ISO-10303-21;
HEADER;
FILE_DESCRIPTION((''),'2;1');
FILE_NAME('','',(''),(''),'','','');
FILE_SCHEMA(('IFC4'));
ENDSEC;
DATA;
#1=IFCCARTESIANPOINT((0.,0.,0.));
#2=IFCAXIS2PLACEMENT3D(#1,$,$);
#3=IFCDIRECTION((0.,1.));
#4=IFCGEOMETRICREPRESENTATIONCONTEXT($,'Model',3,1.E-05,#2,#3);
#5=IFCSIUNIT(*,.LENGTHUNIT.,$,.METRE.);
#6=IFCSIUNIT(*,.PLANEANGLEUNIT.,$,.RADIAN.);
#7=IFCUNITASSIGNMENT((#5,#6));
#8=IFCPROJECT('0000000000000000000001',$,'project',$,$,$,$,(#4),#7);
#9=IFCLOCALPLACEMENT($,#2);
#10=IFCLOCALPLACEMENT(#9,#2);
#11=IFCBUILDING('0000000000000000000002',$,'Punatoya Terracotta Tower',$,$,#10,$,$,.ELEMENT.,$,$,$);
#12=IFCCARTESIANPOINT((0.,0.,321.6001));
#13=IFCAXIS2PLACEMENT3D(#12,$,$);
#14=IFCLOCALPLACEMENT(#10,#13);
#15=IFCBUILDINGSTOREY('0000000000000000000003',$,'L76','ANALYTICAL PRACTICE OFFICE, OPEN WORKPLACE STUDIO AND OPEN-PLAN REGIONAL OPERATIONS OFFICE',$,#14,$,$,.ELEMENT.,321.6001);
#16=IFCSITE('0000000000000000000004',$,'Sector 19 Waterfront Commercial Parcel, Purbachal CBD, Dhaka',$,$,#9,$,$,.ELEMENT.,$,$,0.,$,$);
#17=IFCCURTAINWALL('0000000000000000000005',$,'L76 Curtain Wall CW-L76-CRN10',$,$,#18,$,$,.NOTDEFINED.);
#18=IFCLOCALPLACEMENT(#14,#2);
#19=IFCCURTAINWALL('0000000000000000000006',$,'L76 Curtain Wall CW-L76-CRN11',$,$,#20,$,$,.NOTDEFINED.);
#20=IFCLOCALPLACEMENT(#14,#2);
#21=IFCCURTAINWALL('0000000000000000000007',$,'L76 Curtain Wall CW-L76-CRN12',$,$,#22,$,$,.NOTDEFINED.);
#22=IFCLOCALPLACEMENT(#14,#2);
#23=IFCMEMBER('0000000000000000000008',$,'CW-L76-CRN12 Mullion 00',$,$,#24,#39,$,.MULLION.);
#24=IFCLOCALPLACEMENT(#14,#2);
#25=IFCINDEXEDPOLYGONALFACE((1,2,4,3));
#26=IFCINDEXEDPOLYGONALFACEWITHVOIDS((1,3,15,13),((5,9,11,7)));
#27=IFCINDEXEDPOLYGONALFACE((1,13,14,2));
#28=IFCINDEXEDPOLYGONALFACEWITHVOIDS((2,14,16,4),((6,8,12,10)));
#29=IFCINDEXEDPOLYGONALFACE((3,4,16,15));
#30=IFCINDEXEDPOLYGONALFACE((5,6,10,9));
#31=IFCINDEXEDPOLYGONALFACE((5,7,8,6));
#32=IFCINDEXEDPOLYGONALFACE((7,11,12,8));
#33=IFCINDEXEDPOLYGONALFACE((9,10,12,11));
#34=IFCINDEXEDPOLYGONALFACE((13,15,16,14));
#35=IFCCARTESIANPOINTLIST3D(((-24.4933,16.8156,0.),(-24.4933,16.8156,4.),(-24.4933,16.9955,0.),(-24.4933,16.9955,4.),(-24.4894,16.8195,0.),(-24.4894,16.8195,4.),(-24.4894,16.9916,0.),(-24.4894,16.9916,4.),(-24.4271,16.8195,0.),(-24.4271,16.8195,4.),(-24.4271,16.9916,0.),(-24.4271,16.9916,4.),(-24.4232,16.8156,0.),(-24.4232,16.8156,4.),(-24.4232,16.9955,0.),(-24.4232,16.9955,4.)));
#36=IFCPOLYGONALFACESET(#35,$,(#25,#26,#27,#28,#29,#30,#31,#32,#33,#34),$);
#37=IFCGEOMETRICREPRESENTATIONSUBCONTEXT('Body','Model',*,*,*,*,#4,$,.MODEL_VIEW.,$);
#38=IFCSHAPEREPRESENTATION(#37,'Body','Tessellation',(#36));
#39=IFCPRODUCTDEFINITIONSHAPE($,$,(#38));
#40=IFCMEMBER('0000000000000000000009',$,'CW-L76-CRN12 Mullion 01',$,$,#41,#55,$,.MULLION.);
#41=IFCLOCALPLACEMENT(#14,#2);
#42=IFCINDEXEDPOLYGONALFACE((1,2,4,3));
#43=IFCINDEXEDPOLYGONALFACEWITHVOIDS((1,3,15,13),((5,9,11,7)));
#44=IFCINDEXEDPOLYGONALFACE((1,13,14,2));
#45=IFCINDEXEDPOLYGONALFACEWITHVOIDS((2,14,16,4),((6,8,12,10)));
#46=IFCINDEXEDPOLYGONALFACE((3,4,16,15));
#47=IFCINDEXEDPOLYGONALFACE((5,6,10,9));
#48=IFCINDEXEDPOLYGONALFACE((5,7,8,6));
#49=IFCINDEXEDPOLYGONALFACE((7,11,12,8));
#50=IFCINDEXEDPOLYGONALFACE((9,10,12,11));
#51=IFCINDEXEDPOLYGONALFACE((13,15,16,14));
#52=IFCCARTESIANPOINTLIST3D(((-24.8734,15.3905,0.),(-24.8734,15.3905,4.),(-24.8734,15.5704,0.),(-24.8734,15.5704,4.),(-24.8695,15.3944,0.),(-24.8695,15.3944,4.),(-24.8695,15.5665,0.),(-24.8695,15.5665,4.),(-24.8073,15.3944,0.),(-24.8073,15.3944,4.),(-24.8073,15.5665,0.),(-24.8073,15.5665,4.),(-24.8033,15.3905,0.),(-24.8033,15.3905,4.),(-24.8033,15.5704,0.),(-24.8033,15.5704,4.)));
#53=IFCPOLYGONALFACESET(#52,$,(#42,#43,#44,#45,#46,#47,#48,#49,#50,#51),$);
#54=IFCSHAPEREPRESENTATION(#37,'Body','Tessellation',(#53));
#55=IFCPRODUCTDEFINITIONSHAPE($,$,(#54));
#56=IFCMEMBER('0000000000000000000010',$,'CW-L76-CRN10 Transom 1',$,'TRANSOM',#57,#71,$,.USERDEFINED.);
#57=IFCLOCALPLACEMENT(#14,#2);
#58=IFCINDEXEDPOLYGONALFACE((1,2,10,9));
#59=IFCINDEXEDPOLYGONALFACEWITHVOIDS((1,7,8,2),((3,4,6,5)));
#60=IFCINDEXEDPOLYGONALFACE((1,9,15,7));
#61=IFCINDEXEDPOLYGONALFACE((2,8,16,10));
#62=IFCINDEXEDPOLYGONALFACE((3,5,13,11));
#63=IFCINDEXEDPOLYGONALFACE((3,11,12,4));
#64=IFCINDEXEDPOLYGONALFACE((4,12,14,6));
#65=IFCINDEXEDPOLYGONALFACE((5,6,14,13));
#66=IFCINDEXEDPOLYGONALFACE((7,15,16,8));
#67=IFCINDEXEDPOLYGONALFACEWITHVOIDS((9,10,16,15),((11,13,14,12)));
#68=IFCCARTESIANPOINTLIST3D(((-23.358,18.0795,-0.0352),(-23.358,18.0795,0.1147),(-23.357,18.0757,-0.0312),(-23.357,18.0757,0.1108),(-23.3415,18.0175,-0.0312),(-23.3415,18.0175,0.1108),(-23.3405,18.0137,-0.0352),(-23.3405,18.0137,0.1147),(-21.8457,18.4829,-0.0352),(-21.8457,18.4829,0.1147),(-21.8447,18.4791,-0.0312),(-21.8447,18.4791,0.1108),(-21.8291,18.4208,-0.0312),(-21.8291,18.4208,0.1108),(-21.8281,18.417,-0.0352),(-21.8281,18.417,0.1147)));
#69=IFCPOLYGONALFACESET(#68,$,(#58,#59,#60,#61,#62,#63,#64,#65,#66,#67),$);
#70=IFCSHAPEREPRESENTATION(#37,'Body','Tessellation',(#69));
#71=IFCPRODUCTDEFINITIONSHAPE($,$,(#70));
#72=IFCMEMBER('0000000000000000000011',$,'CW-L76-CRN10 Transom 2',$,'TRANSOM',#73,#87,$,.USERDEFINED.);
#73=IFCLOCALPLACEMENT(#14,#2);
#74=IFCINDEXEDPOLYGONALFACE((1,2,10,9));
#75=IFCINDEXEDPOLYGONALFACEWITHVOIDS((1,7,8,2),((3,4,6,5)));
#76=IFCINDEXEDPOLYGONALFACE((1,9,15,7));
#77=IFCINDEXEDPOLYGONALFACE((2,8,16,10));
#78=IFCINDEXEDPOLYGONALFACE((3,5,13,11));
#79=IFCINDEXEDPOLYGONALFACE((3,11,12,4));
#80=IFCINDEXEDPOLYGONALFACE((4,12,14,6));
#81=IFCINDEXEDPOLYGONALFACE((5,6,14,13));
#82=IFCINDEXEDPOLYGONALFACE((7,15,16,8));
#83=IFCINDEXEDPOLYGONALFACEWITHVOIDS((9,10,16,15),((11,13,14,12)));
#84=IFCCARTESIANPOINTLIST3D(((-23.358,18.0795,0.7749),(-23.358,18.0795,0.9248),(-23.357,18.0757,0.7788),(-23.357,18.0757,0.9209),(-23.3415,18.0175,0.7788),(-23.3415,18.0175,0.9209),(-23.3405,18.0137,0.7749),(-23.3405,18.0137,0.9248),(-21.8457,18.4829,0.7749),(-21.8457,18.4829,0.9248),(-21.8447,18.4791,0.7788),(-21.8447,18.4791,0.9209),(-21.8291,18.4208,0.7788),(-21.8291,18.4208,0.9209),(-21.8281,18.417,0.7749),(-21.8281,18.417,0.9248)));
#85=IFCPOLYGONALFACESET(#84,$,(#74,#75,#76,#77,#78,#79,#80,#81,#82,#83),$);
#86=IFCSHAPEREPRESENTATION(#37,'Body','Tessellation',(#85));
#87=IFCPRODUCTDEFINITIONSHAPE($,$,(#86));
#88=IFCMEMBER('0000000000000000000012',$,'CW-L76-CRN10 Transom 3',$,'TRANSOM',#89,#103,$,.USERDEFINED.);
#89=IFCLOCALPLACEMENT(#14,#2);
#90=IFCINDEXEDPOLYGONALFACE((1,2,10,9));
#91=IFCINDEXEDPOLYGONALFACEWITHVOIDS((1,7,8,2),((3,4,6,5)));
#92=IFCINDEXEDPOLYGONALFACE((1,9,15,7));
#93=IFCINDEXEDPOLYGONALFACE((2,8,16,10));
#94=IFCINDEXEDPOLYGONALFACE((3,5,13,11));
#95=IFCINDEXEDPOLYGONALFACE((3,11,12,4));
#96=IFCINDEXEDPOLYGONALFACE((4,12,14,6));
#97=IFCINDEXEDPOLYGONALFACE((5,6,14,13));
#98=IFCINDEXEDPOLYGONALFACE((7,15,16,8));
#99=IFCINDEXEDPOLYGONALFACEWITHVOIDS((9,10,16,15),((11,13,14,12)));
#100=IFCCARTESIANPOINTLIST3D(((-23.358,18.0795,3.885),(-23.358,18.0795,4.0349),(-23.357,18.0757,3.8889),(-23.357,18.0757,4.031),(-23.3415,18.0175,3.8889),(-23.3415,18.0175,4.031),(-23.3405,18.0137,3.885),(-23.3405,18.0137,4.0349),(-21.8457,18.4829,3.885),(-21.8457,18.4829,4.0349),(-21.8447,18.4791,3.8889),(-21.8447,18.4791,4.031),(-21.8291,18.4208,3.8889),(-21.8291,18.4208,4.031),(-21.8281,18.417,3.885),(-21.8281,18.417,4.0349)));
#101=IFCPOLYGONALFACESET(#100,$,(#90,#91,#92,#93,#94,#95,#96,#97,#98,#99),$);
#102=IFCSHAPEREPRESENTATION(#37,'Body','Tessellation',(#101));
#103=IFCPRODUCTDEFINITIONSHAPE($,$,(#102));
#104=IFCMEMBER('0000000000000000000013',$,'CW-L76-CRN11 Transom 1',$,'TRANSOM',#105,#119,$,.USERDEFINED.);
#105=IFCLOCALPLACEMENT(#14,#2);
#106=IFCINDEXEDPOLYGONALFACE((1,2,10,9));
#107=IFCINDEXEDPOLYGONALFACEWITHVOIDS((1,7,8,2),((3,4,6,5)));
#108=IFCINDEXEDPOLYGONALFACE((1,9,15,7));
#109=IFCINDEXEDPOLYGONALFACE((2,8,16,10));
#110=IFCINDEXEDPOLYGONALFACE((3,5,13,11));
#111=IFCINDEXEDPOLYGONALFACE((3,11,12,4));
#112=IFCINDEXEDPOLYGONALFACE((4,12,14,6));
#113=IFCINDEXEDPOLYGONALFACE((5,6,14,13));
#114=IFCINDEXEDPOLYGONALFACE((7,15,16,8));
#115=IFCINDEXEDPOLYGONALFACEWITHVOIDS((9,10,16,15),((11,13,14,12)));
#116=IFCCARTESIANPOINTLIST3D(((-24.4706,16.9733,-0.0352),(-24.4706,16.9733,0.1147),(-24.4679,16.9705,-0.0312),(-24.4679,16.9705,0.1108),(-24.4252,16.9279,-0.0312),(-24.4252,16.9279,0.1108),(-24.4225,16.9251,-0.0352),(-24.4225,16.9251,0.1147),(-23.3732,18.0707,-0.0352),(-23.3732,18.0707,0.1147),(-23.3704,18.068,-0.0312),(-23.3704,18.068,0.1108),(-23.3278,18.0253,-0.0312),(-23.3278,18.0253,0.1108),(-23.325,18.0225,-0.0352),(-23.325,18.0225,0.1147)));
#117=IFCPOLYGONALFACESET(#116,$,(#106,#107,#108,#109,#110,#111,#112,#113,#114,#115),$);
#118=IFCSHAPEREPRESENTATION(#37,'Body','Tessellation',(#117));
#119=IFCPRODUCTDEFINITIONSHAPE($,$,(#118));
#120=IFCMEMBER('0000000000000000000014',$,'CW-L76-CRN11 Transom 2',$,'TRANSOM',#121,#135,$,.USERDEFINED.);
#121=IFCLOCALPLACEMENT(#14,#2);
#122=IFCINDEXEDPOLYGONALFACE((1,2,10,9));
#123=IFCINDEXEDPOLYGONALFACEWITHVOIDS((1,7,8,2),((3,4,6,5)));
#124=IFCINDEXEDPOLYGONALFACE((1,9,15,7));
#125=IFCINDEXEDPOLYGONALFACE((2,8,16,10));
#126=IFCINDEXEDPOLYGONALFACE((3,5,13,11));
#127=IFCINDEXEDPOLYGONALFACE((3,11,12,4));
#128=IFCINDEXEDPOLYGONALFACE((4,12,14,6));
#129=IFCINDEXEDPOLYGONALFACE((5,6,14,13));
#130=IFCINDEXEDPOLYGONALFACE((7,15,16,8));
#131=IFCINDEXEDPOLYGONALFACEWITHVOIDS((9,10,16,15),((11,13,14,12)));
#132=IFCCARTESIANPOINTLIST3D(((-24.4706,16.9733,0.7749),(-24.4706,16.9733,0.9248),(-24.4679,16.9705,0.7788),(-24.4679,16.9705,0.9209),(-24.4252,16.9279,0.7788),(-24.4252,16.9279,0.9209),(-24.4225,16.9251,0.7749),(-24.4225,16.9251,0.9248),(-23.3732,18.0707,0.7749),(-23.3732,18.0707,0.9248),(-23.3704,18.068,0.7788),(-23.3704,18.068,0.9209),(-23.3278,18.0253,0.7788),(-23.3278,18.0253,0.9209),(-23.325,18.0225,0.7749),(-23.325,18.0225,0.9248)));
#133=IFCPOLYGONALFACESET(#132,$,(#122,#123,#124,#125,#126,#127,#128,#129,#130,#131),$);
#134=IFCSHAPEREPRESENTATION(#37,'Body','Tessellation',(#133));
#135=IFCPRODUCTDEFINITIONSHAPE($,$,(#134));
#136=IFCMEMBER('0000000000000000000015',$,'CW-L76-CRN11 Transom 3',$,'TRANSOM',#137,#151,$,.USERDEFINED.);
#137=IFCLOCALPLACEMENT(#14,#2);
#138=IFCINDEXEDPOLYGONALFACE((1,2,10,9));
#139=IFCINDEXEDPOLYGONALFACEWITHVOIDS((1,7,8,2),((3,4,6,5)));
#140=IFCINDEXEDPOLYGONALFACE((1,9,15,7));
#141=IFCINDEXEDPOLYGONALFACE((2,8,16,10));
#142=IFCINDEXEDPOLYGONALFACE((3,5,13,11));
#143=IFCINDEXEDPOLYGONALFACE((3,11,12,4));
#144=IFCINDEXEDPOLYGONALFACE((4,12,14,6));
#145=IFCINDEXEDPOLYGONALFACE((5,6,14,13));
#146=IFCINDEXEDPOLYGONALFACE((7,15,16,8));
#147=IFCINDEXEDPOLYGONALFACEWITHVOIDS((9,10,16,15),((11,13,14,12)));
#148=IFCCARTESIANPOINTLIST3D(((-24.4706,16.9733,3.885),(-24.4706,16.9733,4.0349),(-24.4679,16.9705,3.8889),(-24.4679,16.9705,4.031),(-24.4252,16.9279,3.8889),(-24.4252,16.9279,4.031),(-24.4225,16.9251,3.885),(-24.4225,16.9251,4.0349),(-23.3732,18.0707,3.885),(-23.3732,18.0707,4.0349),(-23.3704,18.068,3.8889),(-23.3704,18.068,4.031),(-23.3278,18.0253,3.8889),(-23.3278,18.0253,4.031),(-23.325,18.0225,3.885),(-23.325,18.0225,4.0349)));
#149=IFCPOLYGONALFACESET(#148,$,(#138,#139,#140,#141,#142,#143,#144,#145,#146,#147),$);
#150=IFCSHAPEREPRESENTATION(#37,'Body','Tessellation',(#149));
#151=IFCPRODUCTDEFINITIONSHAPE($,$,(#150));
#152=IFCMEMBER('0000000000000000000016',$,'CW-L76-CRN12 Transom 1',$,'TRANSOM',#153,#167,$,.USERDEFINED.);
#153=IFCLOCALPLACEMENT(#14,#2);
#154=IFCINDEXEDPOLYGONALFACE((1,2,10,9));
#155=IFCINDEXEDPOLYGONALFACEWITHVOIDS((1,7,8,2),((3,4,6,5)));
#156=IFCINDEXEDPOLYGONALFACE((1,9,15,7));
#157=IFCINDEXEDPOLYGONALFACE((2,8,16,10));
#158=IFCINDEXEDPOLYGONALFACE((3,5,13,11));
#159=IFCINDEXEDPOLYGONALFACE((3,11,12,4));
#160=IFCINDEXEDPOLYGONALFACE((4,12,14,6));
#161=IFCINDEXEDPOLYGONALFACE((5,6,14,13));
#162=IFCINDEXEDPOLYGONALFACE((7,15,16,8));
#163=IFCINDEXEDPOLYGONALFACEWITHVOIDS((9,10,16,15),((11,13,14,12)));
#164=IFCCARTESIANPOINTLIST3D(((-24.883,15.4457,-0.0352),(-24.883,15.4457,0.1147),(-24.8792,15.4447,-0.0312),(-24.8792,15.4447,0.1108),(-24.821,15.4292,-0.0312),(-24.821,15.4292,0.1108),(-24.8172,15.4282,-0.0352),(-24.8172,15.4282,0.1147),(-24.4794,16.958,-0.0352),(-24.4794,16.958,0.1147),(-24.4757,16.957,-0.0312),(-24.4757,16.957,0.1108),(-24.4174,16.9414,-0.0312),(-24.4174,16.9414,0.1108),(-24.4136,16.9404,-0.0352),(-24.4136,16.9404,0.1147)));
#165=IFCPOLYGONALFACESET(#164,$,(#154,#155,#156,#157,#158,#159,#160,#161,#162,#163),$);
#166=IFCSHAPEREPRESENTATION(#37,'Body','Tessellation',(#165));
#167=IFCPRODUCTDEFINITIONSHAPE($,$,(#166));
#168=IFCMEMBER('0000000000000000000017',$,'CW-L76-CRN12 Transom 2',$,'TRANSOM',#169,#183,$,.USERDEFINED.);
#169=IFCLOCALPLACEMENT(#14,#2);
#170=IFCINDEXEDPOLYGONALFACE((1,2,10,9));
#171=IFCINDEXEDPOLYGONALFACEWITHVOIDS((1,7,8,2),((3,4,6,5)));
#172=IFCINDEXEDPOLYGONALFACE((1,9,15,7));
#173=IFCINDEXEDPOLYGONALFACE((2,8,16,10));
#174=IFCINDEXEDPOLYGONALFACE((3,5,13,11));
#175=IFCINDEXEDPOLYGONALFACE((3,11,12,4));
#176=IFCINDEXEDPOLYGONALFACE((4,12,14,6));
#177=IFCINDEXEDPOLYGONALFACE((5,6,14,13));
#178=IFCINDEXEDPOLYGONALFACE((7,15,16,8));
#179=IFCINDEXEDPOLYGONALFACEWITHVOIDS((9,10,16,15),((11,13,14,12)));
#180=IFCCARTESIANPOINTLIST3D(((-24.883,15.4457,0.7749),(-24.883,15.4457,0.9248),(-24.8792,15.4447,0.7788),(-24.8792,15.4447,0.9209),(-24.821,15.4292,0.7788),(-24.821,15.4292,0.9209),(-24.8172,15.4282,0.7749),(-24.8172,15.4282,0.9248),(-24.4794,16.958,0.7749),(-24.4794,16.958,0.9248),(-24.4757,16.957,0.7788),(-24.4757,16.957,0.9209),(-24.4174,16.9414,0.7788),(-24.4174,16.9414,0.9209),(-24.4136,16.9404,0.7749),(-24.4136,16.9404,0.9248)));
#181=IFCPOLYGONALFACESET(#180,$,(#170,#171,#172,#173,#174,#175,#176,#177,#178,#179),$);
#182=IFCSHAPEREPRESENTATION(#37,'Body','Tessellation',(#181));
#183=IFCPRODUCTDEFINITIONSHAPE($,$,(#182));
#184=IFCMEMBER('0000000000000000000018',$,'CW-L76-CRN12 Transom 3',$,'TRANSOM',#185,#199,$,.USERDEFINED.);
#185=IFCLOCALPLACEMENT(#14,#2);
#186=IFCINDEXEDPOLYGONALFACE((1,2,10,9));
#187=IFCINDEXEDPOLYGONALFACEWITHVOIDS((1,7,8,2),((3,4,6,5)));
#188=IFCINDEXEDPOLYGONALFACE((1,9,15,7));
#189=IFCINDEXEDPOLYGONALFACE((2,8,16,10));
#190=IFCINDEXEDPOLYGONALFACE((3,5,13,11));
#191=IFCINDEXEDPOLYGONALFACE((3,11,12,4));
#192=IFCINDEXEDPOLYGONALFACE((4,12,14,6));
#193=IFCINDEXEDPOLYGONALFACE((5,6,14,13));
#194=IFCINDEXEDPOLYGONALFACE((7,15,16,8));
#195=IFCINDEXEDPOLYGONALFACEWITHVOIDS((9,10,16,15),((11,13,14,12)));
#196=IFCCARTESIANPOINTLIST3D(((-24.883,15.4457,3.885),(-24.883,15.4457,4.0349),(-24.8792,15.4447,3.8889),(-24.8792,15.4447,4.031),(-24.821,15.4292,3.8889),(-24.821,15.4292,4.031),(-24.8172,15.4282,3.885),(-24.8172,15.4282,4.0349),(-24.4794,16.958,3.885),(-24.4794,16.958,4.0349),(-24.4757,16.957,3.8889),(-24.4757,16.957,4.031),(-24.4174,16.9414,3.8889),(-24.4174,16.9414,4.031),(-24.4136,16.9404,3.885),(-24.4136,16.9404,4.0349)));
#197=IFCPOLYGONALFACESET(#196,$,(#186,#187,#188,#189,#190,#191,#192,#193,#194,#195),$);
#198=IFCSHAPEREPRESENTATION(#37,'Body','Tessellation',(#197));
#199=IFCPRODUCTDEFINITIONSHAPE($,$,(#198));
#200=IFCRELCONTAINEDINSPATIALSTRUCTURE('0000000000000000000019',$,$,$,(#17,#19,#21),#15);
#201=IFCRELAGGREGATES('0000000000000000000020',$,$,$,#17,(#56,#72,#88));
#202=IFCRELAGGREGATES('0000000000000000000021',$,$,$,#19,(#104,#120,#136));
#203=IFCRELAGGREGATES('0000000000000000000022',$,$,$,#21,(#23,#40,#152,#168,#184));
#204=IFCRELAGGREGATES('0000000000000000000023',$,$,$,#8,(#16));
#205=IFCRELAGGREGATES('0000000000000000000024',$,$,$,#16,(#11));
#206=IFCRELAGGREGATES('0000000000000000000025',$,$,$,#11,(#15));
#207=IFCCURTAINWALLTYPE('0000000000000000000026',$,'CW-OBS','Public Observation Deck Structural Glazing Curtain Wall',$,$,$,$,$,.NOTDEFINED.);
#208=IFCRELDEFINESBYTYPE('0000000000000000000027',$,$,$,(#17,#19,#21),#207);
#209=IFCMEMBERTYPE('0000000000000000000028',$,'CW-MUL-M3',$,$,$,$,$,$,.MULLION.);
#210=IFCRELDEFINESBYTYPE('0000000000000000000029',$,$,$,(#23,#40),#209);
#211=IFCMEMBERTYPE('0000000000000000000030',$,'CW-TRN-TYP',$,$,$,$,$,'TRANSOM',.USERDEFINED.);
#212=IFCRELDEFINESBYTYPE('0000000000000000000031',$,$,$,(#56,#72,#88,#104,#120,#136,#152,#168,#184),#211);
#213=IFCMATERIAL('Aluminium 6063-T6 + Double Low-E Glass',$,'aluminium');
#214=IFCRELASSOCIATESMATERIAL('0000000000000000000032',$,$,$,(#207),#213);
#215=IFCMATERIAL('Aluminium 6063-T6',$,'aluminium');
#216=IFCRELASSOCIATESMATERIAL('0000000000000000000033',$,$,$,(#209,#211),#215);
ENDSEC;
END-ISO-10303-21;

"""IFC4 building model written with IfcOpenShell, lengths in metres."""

from ifc_helpers import new_model, si_unit, direction, frame, origin, origin_2d, place, context, subcontext, project, spatial, hollow_rectangle, extrude, material, material_profile, profile_set, type_object, element, aggregate, save


model = new_model("IFC4")

# Units and contexts
model_context = context("Model", 3, precision=1e-05, world=origin(), true_north=direction((0.0, 1.0)))
body_context = subcontext(model_context, "Body", "Model", "MODEL_VIEW")
ifc_project = project(units=[si_unit("LENGTHUNIT", "METRE"), si_unit("PLANEANGLEUNIT", "RADIAN")], contexts=[model_context])

# Site, building, storey
site_placement = place(None, origin())
site = spatial("IfcSite", under=ifc_project, at=site_placement, Name="Sector 19 Waterfront Commercial Parcel, Purbachal CBD, Dhaka", CompositionType="ELEMENT", RefElevation=0.0)
building_placement = place(site_placement, origin())
building = spatial("IfcBuilding", under=site, at=building_placement, Name="Punatoya Terracotta Tower", CompositionType="ELEMENT")
storey_placement = place(building_placement, frame((0.0, 0.0, 321.6001)))
storey = spatial("IfcBuildingStorey", under=building, at=storey_placement, Name="L76", Description="ANALYTICAL PRACTICE OFFICE, OPEN WORKPLACE STUDIO AND OPEN-PLAN REGIONAL OPERATIONS OFFICE", CompositionType="ELEMENT", Elevation=321.6001)

# Shared definitions
ifc_material_1 = material(Name="Aluminium 6063-T6 + Double Low-E Glass", Category="aluminium")
curtain_wall_type = type_object("IfcCurtainWallType", Name="CW-OBS", Description="Public Observation Deck Structural Glazing Curtain Wall", PredefinedType="NOTDEFINED", material=ifc_material_1)
ifc_material_2 = material(Name="Aluminium 6063-T6", Category="aluminium")
ifc_material_profile_1 = material_profile(ifc_material_2, hollow_rectangle(XDim=0.0701, YDim=0.1799, WallThickness=0.0039, at=origin_2d()))
ifc_profile_set_1 = profile_set([ifc_material_profile_1], Name="Aluminium 6063-T6")
member_type_1 = type_object("IfcMemberType", Name="CW-MUL-M3", PredefinedType="MULLION", material=ifc_profile_set_1)

# Curtain walls, members
curtain_wall_1_placement = place(storey_placement, origin())
curtain_wall_1 = element("IfcCurtainWall", 1, at=curtain_wall_1_placement, inside=storey, type_object=curtain_wall_type, Name="L76 Curtain Wall CW-L76-CRN10", PredefinedType="NOTDEFINED")
curtain_wall_2_placement = place(storey_placement, origin())
curtain_wall_2 = element("IfcCurtainWall", 2, at=curtain_wall_2_placement, inside=storey, type_object=curtain_wall_type, Name="L76 Curtain Wall CW-L76-CRN11", PredefinedType="NOTDEFINED")
curtain_wall_3_placement = place(storey_placement, origin())
curtain_wall_3 = element("IfcCurtainWall", 3, at=curtain_wall_3_placement, inside=storey, type_object=curtain_wall_type, Name="L76 Curtain Wall CW-L76-CRN12", PredefinedType="NOTDEFINED")
member_1_placement = place(storey_placement, frame((-24.4583, 16.9055, 0.0), z_axis=(0.0, 0.0, 1.0), x_axis=(1.0, 0.0, 0.0)))
member_1 = element("IfcMember", 4, at=member_1_placement, type_object=member_type_1, Name="CW-L76-CRN12 Mullion 00", PredefinedType="MULLION", context=body_context, shape_type="SweptSolid", body=[
    extrude(hollow_rectangle(XDim=0.0701, YDim=0.1799, WallThickness=0.0039, at=origin_2d()), origin(), (0.0, 0.0, 1.0), 4.0),
])
member_2_placement = place(storey_placement, frame((-24.8384, 15.4805, 0.0), z_axis=(0.0, 0.0, 1.0), x_axis=(1.0, 0.0, 0.0)))
member_2 = element("IfcMember", 5, at=member_2_placement, type_object=member_type_1, Name="CW-L76-CRN12 Mullion 01", PredefinedType="MULLION", context=body_context, shape_type="SweptSolid", body=[
    extrude(hollow_rectangle(XDim=0.0701, YDim=0.1799, WallThickness=0.0039, at=origin_2d()), origin(), (0.0, 0.0, 1.0), 4.0),
])

# Members
ifc_material_profile_2 = material_profile(ifc_material_2, hollow_rectangle(XDim=0.0681, YDim=0.1499, WallThickness=0.0039, at=origin_2d()))
ifc_profile_set_2 = profile_set([ifc_material_profile_2], Name="Aluminium 6063-T6")
member_type_2 = type_object("IfcMemberType", Name="CW-TRN-TYP", ElementType="TRANSOM", PredefinedType="USERDEFINED", material=ifc_profile_set_2)
member_3_placement = place(storey_placement, frame((-21.8369, 18.45, 0.0398), z_axis=(-0.966225, -0.257701, 0.0), x_axis=(0.257701, -0.966225, 0.0)))
member_3 = element("IfcMember", 6, at=member_3_placement, type_object=member_type_2, Name="CW-L76-CRN10 Transom 1", ObjectType="TRANSOM", PredefinedType="USERDEFINED", context=body_context, shape_type="SweptSolid", body=[
    extrude(hollow_rectangle(XDim=0.0681, YDim=0.1499, WallThickness=0.0039, at=origin_2d()), origin(), (0.0, 0.0, 1.0), 1.5652),
])
member_4_placement = place(storey_placement, frame((-21.8369, 18.45, 0.8499), z_axis=(-0.966225, -0.257701, 0.0), x_axis=(0.257701, -0.966225, 0.0)))
member_4 = element("IfcMember", 7, at=member_4_placement, type_object=member_type_2, Name="CW-L76-CRN10 Transom 2", ObjectType="TRANSOM", PredefinedType="USERDEFINED", context=body_context, shape_type="SweptSolid", body=[
    extrude(hollow_rectangle(XDim=0.0681, YDim=0.1499, WallThickness=0.0039, at=origin_2d()), origin(), (0.0, 0.0, 1.0), 1.5652),
])
member_5_placement = place(storey_placement, frame((-21.8369, 18.45, 3.96), z_axis=(-0.966225, -0.257701, 0.0), x_axis=(0.257701, -0.966225, 0.0)))
member_5 = element("IfcMember", 8, at=member_5_placement, type_object=member_type_2, Name="CW-L76-CRN10 Transom 3", ObjectType="TRANSOM", PredefinedType="USERDEFINED", context=body_context, shape_type="SweptSolid", body=[
    extrude(hollow_rectangle(XDim=0.0681, YDim=0.1499, WallThickness=0.0039, at=origin_2d()), origin(), (0.0, 0.0, 1.0), 1.5652),
])
member_6_placement = place(storey_placement, frame((-23.3491, 18.0466, 0.0398), z_axis=(-0.707107, -0.707107, 0.0), x_axis=(0.707107, -0.707107, 0.0)))
member_6 = element("IfcMember", 9, at=member_6_placement, type_object=member_type_2, Name="CW-L76-CRN11 Transom 1", ObjectType="TRANSOM", PredefinedType="USERDEFINED", context=body_context, shape_type="SweptSolid", body=[
    extrude(hollow_rectangle(XDim=0.0681, YDim=0.1499, WallThickness=0.0039, at=origin_2d()), origin(), (0.0, 0.0, 1.0), 1.552),
])
member_7_placement = place(storey_placement, frame((-23.3491, 18.0466, 0.8499), z_axis=(-0.707107, -0.707107, 0.0), x_axis=(0.707107, -0.707107, 0.0)))
member_7 = element("IfcMember", 10, at=member_7_placement, type_object=member_type_2, Name="CW-L76-CRN11 Transom 2", ObjectType="TRANSOM", PredefinedType="USERDEFINED", context=body_context, shape_type="SweptSolid", body=[
    extrude(hollow_rectangle(XDim=0.0681, YDim=0.1499, WallThickness=0.0039, at=origin_2d()), origin(), (0.0, 0.0, 1.0), 1.552),
])
member_8_placement = place(storey_placement, frame((-23.3491, 18.0466, 3.96), z_axis=(-0.707107, -0.707107, 0.0), x_axis=(0.707107, -0.707107, 0.0)))
member_8 = element("IfcMember", 11, at=member_8_placement, type_object=member_type_2, Name="CW-L76-CRN11 Transom 3", ObjectType="TRANSOM", PredefinedType="USERDEFINED", context=body_context, shape_type="SweptSolid", body=[
    extrude(hollow_rectangle(XDim=0.0681, YDim=0.1499, WallThickness=0.0039, at=origin_2d()), origin(), (0.0, 0.0, 1.0), 1.552),
])
member_9_placement = place(storey_placement, frame((-24.4465, 16.9492, 0.0398), z_axis=(-0.257847, -0.966186, 0.0), x_axis=(0.966186, -0.257847, 0.0)))
member_9 = element("IfcMember", 12, at=member_9_placement, type_object=member_type_2, Name="CW-L76-CRN12 Transom 1", ObjectType="TRANSOM", PredefinedType="USERDEFINED", context=body_context, shape_type="SweptSolid", body=[
    extrude(hollow_rectangle(XDim=0.0681, YDim=0.1499, WallThickness=0.0039, at=origin_2d()), origin(), (0.0, 0.0, 1.0), 1.5652),
])
member_10_placement = place(storey_placement, frame((-24.4465, 16.9492, 0.8499), z_axis=(-0.257847, -0.966186, 0.0), x_axis=(0.966186, -0.257847, 0.0)))
member_10 = element("IfcMember", 13, at=member_10_placement, type_object=member_type_2, Name="CW-L76-CRN12 Transom 2", ObjectType="TRANSOM", PredefinedType="USERDEFINED", context=body_context, shape_type="SweptSolid", body=[
    extrude(hollow_rectangle(XDim=0.0681, YDim=0.1499, WallThickness=0.0039, at=origin_2d()), origin(), (0.0, 0.0, 1.0), 1.5652),
])
member_11_placement = place(storey_placement, frame((-24.4465, 16.9492, 3.96), z_axis=(-0.257847, -0.966186, 0.0), x_axis=(0.966186, -0.257847, 0.0)))
member_11 = element("IfcMember", 14, at=member_11_placement, type_object=member_type_2, Name="CW-L76-CRN12 Transom 3", ObjectType="TRANSOM", PredefinedType="USERDEFINED", context=body_context, shape_type="SweptSolid", body=[
    extrude(hollow_rectangle(XDim=0.0681, YDim=0.1499, WallThickness=0.0039, at=origin_2d()), origin(), (0.0, 0.0, 1.0), 1.5652),
])

aggregate(curtain_wall_1, [member_3, member_4, member_5])
aggregate(curtain_wall_2, [member_6, member_7, member_8])
aggregate(curtain_wall_3, [member_1, member_2, member_9, member_10, member_11])

save(model, "model.ifc")
